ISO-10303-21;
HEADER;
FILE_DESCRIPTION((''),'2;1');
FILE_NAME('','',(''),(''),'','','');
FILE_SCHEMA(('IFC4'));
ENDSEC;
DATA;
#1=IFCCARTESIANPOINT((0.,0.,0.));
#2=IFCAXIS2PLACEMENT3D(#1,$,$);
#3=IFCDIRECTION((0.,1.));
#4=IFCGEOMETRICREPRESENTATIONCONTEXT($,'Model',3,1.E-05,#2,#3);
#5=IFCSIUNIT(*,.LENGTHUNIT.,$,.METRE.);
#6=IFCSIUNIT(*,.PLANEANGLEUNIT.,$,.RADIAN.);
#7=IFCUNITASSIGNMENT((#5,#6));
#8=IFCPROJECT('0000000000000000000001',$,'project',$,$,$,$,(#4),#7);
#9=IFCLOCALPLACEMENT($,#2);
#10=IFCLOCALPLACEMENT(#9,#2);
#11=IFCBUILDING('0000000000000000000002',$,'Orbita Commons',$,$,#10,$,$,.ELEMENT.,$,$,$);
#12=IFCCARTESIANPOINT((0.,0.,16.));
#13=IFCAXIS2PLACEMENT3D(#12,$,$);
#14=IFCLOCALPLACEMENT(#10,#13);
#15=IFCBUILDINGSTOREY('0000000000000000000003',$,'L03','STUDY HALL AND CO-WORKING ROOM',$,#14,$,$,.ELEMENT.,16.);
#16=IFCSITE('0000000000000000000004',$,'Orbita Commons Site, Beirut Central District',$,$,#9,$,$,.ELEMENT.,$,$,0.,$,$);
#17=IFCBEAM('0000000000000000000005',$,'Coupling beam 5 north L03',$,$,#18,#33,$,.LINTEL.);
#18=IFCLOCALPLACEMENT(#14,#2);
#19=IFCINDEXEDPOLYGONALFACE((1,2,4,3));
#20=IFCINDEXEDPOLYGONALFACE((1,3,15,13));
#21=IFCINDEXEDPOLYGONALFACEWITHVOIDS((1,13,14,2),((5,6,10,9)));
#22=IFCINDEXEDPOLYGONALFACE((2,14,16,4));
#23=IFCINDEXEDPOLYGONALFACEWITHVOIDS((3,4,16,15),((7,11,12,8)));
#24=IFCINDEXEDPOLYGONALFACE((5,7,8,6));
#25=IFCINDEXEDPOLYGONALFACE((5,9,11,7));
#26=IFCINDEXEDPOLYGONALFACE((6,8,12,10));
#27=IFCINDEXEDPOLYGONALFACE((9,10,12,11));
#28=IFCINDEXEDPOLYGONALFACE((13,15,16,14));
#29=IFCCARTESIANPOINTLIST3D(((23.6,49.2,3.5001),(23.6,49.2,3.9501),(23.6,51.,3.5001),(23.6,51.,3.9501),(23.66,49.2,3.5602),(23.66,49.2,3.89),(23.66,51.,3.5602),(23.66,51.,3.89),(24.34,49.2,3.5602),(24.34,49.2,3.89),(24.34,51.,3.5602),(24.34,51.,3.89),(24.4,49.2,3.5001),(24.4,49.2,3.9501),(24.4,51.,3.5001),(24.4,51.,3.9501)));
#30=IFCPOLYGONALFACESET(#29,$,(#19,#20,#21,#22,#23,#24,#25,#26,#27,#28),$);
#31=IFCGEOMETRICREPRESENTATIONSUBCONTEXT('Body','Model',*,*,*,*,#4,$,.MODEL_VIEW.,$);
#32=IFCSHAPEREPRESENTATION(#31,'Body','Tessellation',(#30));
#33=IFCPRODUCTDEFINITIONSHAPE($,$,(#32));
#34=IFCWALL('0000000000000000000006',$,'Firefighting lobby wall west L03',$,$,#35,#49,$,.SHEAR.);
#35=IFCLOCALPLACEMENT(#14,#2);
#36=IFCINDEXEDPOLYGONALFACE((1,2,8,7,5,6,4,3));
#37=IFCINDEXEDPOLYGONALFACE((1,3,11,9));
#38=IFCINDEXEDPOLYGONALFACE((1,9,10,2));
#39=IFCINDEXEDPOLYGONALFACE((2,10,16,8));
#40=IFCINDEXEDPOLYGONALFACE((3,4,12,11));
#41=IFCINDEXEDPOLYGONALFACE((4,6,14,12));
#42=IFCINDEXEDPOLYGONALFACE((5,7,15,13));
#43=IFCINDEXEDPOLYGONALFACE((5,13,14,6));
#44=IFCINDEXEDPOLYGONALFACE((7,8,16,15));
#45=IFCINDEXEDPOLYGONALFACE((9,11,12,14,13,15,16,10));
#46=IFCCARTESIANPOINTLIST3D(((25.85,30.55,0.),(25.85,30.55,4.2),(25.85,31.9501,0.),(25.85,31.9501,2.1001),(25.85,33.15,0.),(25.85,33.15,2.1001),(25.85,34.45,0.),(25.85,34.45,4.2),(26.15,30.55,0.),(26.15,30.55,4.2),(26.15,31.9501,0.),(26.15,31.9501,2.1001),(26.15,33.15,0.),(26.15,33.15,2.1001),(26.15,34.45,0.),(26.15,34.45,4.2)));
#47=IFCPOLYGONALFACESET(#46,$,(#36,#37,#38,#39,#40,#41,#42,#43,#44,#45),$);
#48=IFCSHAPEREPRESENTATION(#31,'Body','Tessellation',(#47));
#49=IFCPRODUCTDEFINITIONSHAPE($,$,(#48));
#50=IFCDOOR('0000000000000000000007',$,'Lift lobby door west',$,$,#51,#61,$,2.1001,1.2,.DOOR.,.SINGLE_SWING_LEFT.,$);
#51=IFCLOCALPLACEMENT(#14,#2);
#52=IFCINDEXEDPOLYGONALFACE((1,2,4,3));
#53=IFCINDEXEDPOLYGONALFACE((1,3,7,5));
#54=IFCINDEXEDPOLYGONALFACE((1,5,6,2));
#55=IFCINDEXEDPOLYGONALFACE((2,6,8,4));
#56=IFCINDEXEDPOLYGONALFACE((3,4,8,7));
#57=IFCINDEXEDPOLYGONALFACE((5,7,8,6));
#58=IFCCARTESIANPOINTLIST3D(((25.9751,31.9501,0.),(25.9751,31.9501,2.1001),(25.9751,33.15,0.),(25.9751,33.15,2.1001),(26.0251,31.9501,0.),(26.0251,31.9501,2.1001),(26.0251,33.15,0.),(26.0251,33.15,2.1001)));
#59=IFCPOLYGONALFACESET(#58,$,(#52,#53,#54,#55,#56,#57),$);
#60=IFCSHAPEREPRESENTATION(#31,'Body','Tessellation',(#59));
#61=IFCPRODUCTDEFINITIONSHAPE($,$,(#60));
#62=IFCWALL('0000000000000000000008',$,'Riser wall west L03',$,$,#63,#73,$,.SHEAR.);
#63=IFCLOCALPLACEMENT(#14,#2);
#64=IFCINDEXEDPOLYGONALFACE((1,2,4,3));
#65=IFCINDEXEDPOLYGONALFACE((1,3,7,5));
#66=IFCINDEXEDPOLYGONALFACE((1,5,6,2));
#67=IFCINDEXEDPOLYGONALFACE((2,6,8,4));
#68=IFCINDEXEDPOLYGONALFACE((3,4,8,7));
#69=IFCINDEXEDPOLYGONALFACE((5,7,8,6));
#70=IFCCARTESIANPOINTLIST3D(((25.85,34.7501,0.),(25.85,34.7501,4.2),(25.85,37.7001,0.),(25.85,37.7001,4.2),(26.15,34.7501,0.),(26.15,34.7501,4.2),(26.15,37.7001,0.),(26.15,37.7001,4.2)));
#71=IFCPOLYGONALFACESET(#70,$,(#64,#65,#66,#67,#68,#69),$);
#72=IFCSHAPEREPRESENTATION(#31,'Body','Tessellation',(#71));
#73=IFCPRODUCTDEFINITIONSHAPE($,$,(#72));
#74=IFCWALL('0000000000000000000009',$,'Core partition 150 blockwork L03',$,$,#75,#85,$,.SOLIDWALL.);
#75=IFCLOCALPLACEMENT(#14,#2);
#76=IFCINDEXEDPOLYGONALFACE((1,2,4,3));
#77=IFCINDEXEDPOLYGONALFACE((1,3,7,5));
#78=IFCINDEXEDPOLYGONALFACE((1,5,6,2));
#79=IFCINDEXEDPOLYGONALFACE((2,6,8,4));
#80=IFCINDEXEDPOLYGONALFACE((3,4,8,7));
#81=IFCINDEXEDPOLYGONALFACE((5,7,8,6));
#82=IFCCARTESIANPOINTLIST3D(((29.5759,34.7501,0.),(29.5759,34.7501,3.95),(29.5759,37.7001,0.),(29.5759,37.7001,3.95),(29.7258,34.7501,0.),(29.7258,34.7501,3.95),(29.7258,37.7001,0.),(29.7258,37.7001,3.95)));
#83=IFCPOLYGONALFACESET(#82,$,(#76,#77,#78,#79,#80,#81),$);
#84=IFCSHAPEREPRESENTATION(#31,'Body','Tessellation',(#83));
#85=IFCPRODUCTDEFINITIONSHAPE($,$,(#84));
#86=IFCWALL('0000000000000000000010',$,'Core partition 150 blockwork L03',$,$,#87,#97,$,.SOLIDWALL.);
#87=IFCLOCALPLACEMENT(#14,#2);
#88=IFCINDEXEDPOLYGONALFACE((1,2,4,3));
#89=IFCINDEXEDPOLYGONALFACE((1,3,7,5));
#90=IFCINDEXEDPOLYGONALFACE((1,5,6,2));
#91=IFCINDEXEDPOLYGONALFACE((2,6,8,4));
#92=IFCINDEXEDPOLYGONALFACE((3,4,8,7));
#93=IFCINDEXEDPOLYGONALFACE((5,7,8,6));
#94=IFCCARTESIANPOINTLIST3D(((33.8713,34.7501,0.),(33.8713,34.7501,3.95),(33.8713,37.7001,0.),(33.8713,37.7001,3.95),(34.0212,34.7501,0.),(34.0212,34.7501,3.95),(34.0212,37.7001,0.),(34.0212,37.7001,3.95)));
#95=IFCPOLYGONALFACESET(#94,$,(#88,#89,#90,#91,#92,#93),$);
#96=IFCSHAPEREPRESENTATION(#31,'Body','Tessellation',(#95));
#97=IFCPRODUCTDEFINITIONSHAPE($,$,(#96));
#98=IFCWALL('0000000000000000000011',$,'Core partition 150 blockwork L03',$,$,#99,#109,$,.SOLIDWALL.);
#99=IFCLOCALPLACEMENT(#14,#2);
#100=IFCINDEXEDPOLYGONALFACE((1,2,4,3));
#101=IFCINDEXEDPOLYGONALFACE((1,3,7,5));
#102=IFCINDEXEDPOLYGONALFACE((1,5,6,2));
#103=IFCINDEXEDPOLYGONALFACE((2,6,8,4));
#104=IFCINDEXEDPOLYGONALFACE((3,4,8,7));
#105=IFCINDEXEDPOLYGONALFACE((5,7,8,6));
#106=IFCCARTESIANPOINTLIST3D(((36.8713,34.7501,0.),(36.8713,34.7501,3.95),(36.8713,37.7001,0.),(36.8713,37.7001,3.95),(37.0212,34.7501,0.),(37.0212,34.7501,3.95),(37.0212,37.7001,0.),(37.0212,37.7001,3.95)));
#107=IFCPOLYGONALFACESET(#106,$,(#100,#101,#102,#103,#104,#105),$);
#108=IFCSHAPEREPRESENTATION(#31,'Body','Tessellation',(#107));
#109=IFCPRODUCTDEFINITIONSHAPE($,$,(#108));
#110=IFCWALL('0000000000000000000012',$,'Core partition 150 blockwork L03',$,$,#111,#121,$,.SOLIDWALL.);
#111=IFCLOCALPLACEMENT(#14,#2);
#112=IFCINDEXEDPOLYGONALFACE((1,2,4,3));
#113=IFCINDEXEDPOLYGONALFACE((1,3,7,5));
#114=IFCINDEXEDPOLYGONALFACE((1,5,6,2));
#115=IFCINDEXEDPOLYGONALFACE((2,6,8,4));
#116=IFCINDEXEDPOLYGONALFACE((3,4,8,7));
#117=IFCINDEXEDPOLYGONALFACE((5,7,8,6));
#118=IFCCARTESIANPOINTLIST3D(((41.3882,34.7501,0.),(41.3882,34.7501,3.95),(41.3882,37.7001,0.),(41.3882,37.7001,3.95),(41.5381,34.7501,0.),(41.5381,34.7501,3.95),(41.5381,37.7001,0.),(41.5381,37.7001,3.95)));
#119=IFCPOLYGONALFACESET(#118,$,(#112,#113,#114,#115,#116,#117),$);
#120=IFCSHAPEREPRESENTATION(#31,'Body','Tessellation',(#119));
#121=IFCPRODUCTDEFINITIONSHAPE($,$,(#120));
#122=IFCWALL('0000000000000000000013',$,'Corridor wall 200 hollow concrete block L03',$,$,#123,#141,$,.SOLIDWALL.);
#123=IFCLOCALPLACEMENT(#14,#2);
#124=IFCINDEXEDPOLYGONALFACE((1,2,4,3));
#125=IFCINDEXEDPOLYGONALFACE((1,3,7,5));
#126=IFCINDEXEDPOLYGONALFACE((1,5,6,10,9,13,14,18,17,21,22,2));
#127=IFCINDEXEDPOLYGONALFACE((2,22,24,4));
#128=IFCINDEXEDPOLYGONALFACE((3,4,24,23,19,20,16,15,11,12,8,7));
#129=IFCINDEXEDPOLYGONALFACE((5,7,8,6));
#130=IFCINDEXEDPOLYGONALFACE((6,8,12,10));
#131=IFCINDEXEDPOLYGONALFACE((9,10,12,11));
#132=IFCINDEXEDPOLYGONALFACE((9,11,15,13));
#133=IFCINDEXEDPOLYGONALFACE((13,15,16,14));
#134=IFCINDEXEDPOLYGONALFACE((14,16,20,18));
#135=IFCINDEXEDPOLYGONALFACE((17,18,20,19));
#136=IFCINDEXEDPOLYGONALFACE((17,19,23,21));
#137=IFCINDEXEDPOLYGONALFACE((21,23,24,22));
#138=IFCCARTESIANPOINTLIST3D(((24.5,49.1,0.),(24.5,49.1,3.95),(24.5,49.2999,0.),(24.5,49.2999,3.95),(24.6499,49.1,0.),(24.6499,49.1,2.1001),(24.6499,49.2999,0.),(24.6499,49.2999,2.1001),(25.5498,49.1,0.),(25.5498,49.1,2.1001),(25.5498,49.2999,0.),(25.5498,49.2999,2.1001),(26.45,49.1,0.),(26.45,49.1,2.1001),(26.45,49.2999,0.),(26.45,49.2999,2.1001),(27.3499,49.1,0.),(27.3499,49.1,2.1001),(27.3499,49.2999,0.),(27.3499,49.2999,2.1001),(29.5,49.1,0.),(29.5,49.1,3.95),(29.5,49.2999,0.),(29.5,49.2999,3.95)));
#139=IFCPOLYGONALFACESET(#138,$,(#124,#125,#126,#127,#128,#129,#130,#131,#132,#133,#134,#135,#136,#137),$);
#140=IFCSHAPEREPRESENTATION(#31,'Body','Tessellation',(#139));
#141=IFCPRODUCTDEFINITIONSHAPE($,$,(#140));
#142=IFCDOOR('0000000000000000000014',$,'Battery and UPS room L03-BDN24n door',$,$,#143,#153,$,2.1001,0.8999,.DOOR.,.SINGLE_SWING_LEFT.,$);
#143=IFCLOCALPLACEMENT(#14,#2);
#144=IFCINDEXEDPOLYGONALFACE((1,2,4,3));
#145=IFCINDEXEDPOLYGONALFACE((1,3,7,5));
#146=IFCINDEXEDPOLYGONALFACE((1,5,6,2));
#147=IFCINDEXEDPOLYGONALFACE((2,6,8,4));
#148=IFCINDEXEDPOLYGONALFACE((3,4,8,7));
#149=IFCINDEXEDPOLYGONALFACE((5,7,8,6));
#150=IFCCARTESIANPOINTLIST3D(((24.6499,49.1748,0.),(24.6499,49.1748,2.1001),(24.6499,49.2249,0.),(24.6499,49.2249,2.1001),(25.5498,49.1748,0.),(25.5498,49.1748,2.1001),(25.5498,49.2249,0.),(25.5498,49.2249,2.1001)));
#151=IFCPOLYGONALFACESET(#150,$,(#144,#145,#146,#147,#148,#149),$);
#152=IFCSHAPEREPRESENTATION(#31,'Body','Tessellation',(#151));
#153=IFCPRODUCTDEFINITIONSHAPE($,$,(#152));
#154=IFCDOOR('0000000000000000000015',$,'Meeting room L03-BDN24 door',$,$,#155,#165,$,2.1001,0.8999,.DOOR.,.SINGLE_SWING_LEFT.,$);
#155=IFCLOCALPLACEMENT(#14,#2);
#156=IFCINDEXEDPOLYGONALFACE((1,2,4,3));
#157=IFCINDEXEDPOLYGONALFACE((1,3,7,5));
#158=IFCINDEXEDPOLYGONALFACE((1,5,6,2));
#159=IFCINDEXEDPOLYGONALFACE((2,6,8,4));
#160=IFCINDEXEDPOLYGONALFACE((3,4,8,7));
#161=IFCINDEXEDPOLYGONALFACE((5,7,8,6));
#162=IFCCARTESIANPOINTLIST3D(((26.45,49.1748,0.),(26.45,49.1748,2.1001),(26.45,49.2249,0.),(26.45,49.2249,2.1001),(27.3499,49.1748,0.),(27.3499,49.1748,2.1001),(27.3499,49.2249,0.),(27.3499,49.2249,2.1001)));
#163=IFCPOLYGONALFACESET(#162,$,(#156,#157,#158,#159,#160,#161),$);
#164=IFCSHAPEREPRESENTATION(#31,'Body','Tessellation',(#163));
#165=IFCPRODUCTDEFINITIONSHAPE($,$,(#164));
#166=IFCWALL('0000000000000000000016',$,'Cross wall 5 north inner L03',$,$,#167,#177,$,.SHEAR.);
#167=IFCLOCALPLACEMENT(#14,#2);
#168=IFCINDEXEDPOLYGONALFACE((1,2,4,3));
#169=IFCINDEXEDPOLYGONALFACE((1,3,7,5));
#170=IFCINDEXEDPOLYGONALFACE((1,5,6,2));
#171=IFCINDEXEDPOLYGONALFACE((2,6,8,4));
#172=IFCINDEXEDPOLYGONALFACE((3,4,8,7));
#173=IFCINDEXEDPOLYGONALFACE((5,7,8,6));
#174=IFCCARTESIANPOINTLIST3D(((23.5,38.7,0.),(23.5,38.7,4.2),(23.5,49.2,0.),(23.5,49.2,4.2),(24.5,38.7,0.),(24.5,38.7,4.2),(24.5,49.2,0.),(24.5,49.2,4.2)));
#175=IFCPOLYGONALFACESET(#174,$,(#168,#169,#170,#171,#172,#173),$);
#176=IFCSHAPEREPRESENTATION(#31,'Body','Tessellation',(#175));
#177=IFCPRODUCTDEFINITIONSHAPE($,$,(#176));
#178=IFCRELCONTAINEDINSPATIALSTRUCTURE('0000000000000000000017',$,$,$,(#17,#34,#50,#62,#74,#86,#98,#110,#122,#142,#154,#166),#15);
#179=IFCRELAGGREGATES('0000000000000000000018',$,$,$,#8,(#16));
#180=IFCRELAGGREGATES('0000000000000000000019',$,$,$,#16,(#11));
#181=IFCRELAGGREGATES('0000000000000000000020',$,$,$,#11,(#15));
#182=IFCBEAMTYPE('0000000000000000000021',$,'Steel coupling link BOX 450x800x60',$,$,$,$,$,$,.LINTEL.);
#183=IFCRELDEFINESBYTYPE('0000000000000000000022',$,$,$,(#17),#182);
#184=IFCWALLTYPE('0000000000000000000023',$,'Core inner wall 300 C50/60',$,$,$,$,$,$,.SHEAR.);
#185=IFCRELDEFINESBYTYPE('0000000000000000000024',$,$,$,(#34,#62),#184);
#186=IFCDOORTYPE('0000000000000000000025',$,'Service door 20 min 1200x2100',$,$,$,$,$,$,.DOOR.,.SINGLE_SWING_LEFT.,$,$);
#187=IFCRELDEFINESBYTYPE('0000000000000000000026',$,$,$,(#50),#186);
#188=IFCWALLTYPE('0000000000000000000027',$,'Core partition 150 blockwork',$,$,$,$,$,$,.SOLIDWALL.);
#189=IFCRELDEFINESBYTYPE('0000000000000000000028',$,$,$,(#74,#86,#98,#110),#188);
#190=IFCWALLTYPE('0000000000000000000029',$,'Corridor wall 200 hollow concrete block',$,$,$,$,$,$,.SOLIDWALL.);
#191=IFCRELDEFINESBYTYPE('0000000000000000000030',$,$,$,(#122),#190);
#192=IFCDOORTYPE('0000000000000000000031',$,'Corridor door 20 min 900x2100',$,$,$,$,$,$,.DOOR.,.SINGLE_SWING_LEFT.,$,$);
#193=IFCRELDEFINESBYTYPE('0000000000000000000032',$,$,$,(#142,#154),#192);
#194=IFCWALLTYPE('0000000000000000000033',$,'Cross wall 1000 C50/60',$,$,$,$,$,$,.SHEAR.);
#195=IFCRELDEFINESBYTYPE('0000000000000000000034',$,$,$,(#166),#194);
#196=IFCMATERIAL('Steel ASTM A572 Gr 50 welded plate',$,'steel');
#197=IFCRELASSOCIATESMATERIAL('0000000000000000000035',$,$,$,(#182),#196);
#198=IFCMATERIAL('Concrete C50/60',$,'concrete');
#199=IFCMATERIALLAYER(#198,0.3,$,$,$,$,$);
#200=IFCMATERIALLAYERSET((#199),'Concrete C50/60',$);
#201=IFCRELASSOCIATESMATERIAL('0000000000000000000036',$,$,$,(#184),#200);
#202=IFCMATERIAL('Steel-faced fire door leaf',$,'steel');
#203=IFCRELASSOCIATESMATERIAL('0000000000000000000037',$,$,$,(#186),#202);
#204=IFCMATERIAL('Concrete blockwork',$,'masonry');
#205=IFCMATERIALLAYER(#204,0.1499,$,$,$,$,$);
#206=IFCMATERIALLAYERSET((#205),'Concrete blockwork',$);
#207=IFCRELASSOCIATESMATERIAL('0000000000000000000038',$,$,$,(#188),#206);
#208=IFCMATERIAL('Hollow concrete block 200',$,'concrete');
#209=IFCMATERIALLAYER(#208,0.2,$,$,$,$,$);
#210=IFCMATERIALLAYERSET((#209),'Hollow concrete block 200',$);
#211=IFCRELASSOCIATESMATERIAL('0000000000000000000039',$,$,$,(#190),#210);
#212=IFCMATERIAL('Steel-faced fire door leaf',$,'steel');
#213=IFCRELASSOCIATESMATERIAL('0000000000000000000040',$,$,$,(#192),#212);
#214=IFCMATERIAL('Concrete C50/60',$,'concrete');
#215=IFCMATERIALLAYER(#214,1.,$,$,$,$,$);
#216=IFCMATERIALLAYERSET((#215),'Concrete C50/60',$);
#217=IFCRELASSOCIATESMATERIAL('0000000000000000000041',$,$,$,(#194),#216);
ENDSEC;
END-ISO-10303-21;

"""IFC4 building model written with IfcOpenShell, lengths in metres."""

from ifc_helpers import new_model, si_unit, direction, frame, frame_2d, origin, origin_2d, place, context, subcontext, project, spatial, rectangle, hollow_rectangle, extrude, material, layer, layer_set, material_profile, profile_set, type_object, element, fill, save


model = new_model("IFC4")

# Units and contexts
model_context = context("Model", 3, precision=1e-05, world=origin(), true_north=direction((0.0, 1.0)))
body_context = subcontext(model_context, "Body", "Model", "MODEL_VIEW")
ifc_project = project(units=[si_unit("LENGTHUNIT", "METRE"), si_unit("PLANEANGLEUNIT", "RADIAN")], contexts=[model_context])

# Site, building, storey
site_placement = place(None, origin())
site = spatial("IfcSite", under=ifc_project, at=site_placement, Name="Orbita Commons Site, Beirut Central District", CompositionType="ELEMENT", RefElevation=0.0)
building_placement = place(site_placement, origin())
building = spatial("IfcBuilding", under=site, at=building_placement, Name="Orbita Commons", CompositionType="ELEMENT")
storey_placement = place(building_placement, frame((0.0, 0.0, 16.0)))
storey = spatial("IfcBuildingStorey", under=building, at=storey_placement, Name="L03", Description="STUDY HALL AND CO-WORKING ROOM", CompositionType="ELEMENT", Elevation=16.0)

# Beam
ifc_material_1 = material(Name="Steel ASTM A572 Gr 50 welded plate", Category="steel")
ifc_material_profile = material_profile(ifc_material_1, hollow_rectangle(XDim=0.8, YDim=0.45, WallThickness=0.0601, at=origin_2d()), Name="BOX 450x800x60")
ifc_profile_set = profile_set([ifc_material_profile], Name="Steel ASTM A572 Gr 50 welded plate")
beam_type = type_object("IfcBeamType", Name="Steel coupling link BOX 450x800x60", PredefinedType="LINTEL", material=ifc_profile_set)
beam_placement = place(storey_placement, frame((24.0, 49.2, 3.7251), z_axis=(0.0, 1.0, 0.0), x_axis=(-1.0, 0.0, 0.0)))
element("IfcBeam", 1, at=beam_placement, inside=storey, type_object=beam_type, Name="Coupling beam 5 north L03", PredefinedType="LINTEL", context=body_context, shape_type="SweptSolid", body=[
    extrude(hollow_rectangle(XDim=0.8, YDim=0.45, WallThickness=0.0601, at=origin_2d()), origin(), (0.0, 0.0, 1.0), 1.8),
])

# Wall, opening, door
ifc_material_2 = material(Name="Concrete C50/60", Category="concrete")
ifc_layer_1 = layer(ifc_material_2, 0.3)
ifc_layer_set_1 = layer_set([ifc_layer_1], Name="Concrete C50/60")
wall_type_1 = type_object("IfcWallType", Name="Core inner wall 300 C50/60", PredefinedType="SHEAR", material=ifc_layer_set_1)
wall_1_placement = place(storey_placement, frame((26.0, 30.55, 0.0), z_axis=(0.0, 0.0, 1.0), x_axis=(0.0, 1.0, 0.0)))
wall_1 = element("IfcWall", 2, at=wall_1_placement, inside=storey, type_object=wall_type_1, Name="Firefighting lobby wall west L03", PredefinedType="SHEAR", context=body_context, shape_type="SweptSolid", body=[
    extrude(rectangle(XDim=3.8999, YDim=0.3, at=frame_2d((1.95, 0.0))), origin(), (0.0, 0.0, 1.0), 4.2),
])
opening_1_placement = place(wall_1_placement, frame((1.3999, 0.0, 0.0)))
opening_1 = element("IfcOpeningElement", 3, at=opening_1_placement, cuts=wall_1, PredefinedType="OPENING", context=body_context, shape_type="SweptSolid", body=[
    extrude(rectangle(XDim=1.2, YDim=2.1001, at=frame_2d((0.6001, 1.05))), frame((0.0, 0.1599, 0.0), z_axis=(0.0, -1.0, 0.0), x_axis=(1.0, 0.0, 0.0)), (0.0, 0.0, 1.0), 0.3201),
])
ifc_material_3 = material(Name="Steel-faced fire door leaf", Category="steel")
door_type_1 = type_object("IfcDoorType", Name="Service door 20 min 1200x2100", OperationType="SINGLE_SWING_LEFT", PredefinedType="DOOR", material=ifc_material_3)
door_1_placement = place(opening_1_placement, origin())
door_1 = element("IfcDoor", 4, at=door_1_placement, inside=storey, type_object=door_type_1, Name="Lift lobby door west", OperationType="SINGLE_SWING_LEFT", OverallHeight=2.1001, OverallWidth=1.2, PredefinedType="DOOR", context=body_context, shape_type="SweptSolid", body=[
    extrude(rectangle(XDim=1.2, YDim=2.1001, at=frame_2d((0.6001, 1.05))), frame((0.0, 0.0249, 0.0), z_axis=(0.0, -1.0, 0.0), x_axis=(1.0, 0.0, 0.0)), (0.0, 0.0, 1.0), 0.05),
])
fill(opening_1, door_1)

# Walls
wall_2_placement = place(storey_placement, frame((26.0, 34.75, 0.0), z_axis=(0.0, 0.0, 1.0), x_axis=(0.0, 1.0, 0.0)))
element("IfcWall", 5, at=wall_2_placement, inside=storey, type_object=wall_type_1, Name="Riser wall west L03", PredefinedType="SHEAR", context=body_context, shape_type="SweptSolid", body=[
    extrude(rectangle(XDim=2.95, YDim=0.3, at=frame_2d((1.4751, 0.0))), origin(), (0.0, 0.0, 1.0), 4.2),
])
ifc_material_4 = material(Name="Concrete blockwork", Category="masonry")
ifc_layer_2 = layer(ifc_material_4, 0.1499)
ifc_layer_set_2 = layer_set([ifc_layer_2], Name="Concrete blockwork")
wall_type_2 = type_object("IfcWallType", Name="Core partition 150 blockwork", PredefinedType="SOLIDWALL", material=ifc_layer_set_2)
for number, where, z_axis, x_axis, name in (
    (6, (29.6509, 34.75, 0.0), (0.0, 0.0, 1.0), (0.0, 1.0, 0.0), "Core partition 150 blockwork L03"),
    (7, (33.9463, 34.75, 0.0), (0.0, 0.0, 1.0), (0.0, 1.0, 0.0), "Core partition 150 blockwork L03"),
    (8, (36.9463, 34.75, 0.0), (0.0, 0.0, 1.0), (0.0, 1.0, 0.0), "Core partition 150 blockwork L03"),
    (9, (41.4631, 34.75, 0.0), (0.0, 0.0, 1.0), (0.0, 1.0, 0.0), "Core partition 150 blockwork L03"),
):
    element("IfcWall", number, at=place(storey_placement, frame(where, z_axis=z_axis, x_axis=x_axis)), inside=storey, type_object=wall_type_2, Name=name, PredefinedType="SOLIDWALL", context=body_context, shape_type="SweptSolid", body=[
        extrude(rectangle(XDim=2.95, YDim=0.1499, at=frame_2d((1.4751, 0.0))), origin(), (0.0, 0.0, 1.0), 3.95),
    ])

# Wall, openings, doors
ifc_material_5 = material(Name="Hollow concrete block 200", Category="concrete")
ifc_layer_3 = layer(ifc_material_5, 0.2)
ifc_layer_set_3 = layer_set([ifc_layer_3], Name="Hollow concrete block 200")
wall_type_3 = type_object("IfcWallType", Name="Corridor wall 200 hollow concrete block", PredefinedType="SOLIDWALL", material=ifc_layer_set_3)
wall_3_placement = place(storey_placement, frame((24.5, 49.2, 0.0), z_axis=(0.0, 0.0, 1.0), x_axis=(1.0, 0.0, 0.0)))
wall_3 = element("IfcWall", 10, at=wall_3_placement, inside=storey, type_object=wall_type_3, Name="Corridor wall 200 hollow concrete block L03", PredefinedType="SOLIDWALL", context=body_context, shape_type="SweptSolid", body=[
    extrude(rectangle(XDim=5.0, YDim=0.2, at=frame_2d((2.5, 0.0))), origin(), (0.0, 0.0, 1.0), 3.95),
])
opening_2_placement = place(wall_3_placement, frame((0.1499, 0.0, 0.0)))
opening_2 = element("IfcOpeningElement", 11, at=opening_2_placement, cuts=wall_3, PredefinedType="OPENING", context=body_context, shape_type="SweptSolid", body=[
    extrude(rectangle(XDim=0.8999, YDim=2.1001, at=frame_2d((0.45, 1.05))), frame((0.0, 0.1099, 0.0), z_axis=(0.0, -1.0, 0.0), x_axis=(1.0, 0.0, 0.0)), (0.0, 0.0, 1.0), 0.22),
])
opening_3_placement = place(wall_3_placement, frame((1.95, 0.0, 0.0)))
opening_3 = element("IfcOpeningElement", 12, at=opening_3_placement, cuts=wall_3, PredefinedType="OPENING", context=body_context, shape_type="SweptSolid", body=[
    extrude(rectangle(XDim=0.8999, YDim=2.1001, at=frame_2d((0.45, 1.05))), frame((0.0, 0.1099, 0.0), z_axis=(0.0, -1.0, 0.0), x_axis=(1.0, 0.0, 0.0)), (0.0, 0.0, 1.0), 0.22),
])
ifc_material_6 = material(Name="Steel-faced fire door leaf", Category="steel")
door_type_2 = type_object("IfcDoorType", Name="Corridor door 20 min 900x2100", OperationType="SINGLE_SWING_LEFT", PredefinedType="DOOR", material=ifc_material_6)
door_2_placement = place(opening_2_placement, origin())
door_2 = element("IfcDoor", 13, at=door_2_placement, inside=storey, type_object=door_type_2, Name="Battery and UPS room L03-BDN24n door", OperationType="SINGLE_SWING_LEFT", OverallHeight=2.1001, OverallWidth=0.8999, PredefinedType="DOOR", context=body_context, shape_type="SweptSolid", body=[
    extrude(rectangle(XDim=0.8999, YDim=2.1001, at=frame_2d((0.45, 1.05))), frame((0.0, 0.0249, 0.0), z_axis=(0.0, -1.0, 0.0), x_axis=(1.0, 0.0, 0.0)), (0.0, 0.0, 1.0), 0.05),
])
fill(opening_2, door_2)
door_3_placement = place(opening_3_placement, origin())
door_3 = element("IfcDoor", 14, at=door_3_placement, inside=storey, type_object=door_type_2, Name="Meeting room L03-BDN24 door", OperationType="SINGLE_SWING_LEFT", OverallHeight=2.1001, OverallWidth=0.8999, PredefinedType="DOOR", context=body_context, shape_type="SweptSolid", body=[
    extrude(rectangle(XDim=0.8999, YDim=2.1001, at=frame_2d((0.45, 1.05))), frame((0.0, 0.0249, 0.0), z_axis=(0.0, -1.0, 0.0), x_axis=(1.0, 0.0, 0.0)), (0.0, 0.0, 1.0), 0.05),
])
fill(opening_3, door_3)

# Wall
ifc_material_7 = material(Name="Concrete C50/60", Category="concrete")
ifc_layer_4 = layer(ifc_material_7, 1.0)
ifc_layer_set_4 = layer_set([ifc_layer_4], Name="Concrete C50/60")
wall_type_4 = type_object("IfcWallType", Name="Cross wall 1000 C50/60", PredefinedType="SHEAR", material=ifc_layer_set_4)
for number, where, z_axis, x_axis, name in (
    (15, (24.0, 38.7, 0.0), (0.0, 0.0, 1.0), (0.0, 1.0, 0.0), "Cross wall 5 north inner L03"),
):
    element("IfcWall", number, at=place(storey_placement, frame(where, z_axis=z_axis, x_axis=x_axis)), inside=storey, type_object=wall_type_4, Name=name, PredefinedType="SHEAR", context=body_context, shape_type="SweptSolid", body=[
        extrude(rectangle(XDim=10.5, YDim=1.0, at=frame_2d((5.25, 0.0))), origin(), (0.0, 0.0, 1.0), 4.2),
    ])

save(model, "model.ifc")
